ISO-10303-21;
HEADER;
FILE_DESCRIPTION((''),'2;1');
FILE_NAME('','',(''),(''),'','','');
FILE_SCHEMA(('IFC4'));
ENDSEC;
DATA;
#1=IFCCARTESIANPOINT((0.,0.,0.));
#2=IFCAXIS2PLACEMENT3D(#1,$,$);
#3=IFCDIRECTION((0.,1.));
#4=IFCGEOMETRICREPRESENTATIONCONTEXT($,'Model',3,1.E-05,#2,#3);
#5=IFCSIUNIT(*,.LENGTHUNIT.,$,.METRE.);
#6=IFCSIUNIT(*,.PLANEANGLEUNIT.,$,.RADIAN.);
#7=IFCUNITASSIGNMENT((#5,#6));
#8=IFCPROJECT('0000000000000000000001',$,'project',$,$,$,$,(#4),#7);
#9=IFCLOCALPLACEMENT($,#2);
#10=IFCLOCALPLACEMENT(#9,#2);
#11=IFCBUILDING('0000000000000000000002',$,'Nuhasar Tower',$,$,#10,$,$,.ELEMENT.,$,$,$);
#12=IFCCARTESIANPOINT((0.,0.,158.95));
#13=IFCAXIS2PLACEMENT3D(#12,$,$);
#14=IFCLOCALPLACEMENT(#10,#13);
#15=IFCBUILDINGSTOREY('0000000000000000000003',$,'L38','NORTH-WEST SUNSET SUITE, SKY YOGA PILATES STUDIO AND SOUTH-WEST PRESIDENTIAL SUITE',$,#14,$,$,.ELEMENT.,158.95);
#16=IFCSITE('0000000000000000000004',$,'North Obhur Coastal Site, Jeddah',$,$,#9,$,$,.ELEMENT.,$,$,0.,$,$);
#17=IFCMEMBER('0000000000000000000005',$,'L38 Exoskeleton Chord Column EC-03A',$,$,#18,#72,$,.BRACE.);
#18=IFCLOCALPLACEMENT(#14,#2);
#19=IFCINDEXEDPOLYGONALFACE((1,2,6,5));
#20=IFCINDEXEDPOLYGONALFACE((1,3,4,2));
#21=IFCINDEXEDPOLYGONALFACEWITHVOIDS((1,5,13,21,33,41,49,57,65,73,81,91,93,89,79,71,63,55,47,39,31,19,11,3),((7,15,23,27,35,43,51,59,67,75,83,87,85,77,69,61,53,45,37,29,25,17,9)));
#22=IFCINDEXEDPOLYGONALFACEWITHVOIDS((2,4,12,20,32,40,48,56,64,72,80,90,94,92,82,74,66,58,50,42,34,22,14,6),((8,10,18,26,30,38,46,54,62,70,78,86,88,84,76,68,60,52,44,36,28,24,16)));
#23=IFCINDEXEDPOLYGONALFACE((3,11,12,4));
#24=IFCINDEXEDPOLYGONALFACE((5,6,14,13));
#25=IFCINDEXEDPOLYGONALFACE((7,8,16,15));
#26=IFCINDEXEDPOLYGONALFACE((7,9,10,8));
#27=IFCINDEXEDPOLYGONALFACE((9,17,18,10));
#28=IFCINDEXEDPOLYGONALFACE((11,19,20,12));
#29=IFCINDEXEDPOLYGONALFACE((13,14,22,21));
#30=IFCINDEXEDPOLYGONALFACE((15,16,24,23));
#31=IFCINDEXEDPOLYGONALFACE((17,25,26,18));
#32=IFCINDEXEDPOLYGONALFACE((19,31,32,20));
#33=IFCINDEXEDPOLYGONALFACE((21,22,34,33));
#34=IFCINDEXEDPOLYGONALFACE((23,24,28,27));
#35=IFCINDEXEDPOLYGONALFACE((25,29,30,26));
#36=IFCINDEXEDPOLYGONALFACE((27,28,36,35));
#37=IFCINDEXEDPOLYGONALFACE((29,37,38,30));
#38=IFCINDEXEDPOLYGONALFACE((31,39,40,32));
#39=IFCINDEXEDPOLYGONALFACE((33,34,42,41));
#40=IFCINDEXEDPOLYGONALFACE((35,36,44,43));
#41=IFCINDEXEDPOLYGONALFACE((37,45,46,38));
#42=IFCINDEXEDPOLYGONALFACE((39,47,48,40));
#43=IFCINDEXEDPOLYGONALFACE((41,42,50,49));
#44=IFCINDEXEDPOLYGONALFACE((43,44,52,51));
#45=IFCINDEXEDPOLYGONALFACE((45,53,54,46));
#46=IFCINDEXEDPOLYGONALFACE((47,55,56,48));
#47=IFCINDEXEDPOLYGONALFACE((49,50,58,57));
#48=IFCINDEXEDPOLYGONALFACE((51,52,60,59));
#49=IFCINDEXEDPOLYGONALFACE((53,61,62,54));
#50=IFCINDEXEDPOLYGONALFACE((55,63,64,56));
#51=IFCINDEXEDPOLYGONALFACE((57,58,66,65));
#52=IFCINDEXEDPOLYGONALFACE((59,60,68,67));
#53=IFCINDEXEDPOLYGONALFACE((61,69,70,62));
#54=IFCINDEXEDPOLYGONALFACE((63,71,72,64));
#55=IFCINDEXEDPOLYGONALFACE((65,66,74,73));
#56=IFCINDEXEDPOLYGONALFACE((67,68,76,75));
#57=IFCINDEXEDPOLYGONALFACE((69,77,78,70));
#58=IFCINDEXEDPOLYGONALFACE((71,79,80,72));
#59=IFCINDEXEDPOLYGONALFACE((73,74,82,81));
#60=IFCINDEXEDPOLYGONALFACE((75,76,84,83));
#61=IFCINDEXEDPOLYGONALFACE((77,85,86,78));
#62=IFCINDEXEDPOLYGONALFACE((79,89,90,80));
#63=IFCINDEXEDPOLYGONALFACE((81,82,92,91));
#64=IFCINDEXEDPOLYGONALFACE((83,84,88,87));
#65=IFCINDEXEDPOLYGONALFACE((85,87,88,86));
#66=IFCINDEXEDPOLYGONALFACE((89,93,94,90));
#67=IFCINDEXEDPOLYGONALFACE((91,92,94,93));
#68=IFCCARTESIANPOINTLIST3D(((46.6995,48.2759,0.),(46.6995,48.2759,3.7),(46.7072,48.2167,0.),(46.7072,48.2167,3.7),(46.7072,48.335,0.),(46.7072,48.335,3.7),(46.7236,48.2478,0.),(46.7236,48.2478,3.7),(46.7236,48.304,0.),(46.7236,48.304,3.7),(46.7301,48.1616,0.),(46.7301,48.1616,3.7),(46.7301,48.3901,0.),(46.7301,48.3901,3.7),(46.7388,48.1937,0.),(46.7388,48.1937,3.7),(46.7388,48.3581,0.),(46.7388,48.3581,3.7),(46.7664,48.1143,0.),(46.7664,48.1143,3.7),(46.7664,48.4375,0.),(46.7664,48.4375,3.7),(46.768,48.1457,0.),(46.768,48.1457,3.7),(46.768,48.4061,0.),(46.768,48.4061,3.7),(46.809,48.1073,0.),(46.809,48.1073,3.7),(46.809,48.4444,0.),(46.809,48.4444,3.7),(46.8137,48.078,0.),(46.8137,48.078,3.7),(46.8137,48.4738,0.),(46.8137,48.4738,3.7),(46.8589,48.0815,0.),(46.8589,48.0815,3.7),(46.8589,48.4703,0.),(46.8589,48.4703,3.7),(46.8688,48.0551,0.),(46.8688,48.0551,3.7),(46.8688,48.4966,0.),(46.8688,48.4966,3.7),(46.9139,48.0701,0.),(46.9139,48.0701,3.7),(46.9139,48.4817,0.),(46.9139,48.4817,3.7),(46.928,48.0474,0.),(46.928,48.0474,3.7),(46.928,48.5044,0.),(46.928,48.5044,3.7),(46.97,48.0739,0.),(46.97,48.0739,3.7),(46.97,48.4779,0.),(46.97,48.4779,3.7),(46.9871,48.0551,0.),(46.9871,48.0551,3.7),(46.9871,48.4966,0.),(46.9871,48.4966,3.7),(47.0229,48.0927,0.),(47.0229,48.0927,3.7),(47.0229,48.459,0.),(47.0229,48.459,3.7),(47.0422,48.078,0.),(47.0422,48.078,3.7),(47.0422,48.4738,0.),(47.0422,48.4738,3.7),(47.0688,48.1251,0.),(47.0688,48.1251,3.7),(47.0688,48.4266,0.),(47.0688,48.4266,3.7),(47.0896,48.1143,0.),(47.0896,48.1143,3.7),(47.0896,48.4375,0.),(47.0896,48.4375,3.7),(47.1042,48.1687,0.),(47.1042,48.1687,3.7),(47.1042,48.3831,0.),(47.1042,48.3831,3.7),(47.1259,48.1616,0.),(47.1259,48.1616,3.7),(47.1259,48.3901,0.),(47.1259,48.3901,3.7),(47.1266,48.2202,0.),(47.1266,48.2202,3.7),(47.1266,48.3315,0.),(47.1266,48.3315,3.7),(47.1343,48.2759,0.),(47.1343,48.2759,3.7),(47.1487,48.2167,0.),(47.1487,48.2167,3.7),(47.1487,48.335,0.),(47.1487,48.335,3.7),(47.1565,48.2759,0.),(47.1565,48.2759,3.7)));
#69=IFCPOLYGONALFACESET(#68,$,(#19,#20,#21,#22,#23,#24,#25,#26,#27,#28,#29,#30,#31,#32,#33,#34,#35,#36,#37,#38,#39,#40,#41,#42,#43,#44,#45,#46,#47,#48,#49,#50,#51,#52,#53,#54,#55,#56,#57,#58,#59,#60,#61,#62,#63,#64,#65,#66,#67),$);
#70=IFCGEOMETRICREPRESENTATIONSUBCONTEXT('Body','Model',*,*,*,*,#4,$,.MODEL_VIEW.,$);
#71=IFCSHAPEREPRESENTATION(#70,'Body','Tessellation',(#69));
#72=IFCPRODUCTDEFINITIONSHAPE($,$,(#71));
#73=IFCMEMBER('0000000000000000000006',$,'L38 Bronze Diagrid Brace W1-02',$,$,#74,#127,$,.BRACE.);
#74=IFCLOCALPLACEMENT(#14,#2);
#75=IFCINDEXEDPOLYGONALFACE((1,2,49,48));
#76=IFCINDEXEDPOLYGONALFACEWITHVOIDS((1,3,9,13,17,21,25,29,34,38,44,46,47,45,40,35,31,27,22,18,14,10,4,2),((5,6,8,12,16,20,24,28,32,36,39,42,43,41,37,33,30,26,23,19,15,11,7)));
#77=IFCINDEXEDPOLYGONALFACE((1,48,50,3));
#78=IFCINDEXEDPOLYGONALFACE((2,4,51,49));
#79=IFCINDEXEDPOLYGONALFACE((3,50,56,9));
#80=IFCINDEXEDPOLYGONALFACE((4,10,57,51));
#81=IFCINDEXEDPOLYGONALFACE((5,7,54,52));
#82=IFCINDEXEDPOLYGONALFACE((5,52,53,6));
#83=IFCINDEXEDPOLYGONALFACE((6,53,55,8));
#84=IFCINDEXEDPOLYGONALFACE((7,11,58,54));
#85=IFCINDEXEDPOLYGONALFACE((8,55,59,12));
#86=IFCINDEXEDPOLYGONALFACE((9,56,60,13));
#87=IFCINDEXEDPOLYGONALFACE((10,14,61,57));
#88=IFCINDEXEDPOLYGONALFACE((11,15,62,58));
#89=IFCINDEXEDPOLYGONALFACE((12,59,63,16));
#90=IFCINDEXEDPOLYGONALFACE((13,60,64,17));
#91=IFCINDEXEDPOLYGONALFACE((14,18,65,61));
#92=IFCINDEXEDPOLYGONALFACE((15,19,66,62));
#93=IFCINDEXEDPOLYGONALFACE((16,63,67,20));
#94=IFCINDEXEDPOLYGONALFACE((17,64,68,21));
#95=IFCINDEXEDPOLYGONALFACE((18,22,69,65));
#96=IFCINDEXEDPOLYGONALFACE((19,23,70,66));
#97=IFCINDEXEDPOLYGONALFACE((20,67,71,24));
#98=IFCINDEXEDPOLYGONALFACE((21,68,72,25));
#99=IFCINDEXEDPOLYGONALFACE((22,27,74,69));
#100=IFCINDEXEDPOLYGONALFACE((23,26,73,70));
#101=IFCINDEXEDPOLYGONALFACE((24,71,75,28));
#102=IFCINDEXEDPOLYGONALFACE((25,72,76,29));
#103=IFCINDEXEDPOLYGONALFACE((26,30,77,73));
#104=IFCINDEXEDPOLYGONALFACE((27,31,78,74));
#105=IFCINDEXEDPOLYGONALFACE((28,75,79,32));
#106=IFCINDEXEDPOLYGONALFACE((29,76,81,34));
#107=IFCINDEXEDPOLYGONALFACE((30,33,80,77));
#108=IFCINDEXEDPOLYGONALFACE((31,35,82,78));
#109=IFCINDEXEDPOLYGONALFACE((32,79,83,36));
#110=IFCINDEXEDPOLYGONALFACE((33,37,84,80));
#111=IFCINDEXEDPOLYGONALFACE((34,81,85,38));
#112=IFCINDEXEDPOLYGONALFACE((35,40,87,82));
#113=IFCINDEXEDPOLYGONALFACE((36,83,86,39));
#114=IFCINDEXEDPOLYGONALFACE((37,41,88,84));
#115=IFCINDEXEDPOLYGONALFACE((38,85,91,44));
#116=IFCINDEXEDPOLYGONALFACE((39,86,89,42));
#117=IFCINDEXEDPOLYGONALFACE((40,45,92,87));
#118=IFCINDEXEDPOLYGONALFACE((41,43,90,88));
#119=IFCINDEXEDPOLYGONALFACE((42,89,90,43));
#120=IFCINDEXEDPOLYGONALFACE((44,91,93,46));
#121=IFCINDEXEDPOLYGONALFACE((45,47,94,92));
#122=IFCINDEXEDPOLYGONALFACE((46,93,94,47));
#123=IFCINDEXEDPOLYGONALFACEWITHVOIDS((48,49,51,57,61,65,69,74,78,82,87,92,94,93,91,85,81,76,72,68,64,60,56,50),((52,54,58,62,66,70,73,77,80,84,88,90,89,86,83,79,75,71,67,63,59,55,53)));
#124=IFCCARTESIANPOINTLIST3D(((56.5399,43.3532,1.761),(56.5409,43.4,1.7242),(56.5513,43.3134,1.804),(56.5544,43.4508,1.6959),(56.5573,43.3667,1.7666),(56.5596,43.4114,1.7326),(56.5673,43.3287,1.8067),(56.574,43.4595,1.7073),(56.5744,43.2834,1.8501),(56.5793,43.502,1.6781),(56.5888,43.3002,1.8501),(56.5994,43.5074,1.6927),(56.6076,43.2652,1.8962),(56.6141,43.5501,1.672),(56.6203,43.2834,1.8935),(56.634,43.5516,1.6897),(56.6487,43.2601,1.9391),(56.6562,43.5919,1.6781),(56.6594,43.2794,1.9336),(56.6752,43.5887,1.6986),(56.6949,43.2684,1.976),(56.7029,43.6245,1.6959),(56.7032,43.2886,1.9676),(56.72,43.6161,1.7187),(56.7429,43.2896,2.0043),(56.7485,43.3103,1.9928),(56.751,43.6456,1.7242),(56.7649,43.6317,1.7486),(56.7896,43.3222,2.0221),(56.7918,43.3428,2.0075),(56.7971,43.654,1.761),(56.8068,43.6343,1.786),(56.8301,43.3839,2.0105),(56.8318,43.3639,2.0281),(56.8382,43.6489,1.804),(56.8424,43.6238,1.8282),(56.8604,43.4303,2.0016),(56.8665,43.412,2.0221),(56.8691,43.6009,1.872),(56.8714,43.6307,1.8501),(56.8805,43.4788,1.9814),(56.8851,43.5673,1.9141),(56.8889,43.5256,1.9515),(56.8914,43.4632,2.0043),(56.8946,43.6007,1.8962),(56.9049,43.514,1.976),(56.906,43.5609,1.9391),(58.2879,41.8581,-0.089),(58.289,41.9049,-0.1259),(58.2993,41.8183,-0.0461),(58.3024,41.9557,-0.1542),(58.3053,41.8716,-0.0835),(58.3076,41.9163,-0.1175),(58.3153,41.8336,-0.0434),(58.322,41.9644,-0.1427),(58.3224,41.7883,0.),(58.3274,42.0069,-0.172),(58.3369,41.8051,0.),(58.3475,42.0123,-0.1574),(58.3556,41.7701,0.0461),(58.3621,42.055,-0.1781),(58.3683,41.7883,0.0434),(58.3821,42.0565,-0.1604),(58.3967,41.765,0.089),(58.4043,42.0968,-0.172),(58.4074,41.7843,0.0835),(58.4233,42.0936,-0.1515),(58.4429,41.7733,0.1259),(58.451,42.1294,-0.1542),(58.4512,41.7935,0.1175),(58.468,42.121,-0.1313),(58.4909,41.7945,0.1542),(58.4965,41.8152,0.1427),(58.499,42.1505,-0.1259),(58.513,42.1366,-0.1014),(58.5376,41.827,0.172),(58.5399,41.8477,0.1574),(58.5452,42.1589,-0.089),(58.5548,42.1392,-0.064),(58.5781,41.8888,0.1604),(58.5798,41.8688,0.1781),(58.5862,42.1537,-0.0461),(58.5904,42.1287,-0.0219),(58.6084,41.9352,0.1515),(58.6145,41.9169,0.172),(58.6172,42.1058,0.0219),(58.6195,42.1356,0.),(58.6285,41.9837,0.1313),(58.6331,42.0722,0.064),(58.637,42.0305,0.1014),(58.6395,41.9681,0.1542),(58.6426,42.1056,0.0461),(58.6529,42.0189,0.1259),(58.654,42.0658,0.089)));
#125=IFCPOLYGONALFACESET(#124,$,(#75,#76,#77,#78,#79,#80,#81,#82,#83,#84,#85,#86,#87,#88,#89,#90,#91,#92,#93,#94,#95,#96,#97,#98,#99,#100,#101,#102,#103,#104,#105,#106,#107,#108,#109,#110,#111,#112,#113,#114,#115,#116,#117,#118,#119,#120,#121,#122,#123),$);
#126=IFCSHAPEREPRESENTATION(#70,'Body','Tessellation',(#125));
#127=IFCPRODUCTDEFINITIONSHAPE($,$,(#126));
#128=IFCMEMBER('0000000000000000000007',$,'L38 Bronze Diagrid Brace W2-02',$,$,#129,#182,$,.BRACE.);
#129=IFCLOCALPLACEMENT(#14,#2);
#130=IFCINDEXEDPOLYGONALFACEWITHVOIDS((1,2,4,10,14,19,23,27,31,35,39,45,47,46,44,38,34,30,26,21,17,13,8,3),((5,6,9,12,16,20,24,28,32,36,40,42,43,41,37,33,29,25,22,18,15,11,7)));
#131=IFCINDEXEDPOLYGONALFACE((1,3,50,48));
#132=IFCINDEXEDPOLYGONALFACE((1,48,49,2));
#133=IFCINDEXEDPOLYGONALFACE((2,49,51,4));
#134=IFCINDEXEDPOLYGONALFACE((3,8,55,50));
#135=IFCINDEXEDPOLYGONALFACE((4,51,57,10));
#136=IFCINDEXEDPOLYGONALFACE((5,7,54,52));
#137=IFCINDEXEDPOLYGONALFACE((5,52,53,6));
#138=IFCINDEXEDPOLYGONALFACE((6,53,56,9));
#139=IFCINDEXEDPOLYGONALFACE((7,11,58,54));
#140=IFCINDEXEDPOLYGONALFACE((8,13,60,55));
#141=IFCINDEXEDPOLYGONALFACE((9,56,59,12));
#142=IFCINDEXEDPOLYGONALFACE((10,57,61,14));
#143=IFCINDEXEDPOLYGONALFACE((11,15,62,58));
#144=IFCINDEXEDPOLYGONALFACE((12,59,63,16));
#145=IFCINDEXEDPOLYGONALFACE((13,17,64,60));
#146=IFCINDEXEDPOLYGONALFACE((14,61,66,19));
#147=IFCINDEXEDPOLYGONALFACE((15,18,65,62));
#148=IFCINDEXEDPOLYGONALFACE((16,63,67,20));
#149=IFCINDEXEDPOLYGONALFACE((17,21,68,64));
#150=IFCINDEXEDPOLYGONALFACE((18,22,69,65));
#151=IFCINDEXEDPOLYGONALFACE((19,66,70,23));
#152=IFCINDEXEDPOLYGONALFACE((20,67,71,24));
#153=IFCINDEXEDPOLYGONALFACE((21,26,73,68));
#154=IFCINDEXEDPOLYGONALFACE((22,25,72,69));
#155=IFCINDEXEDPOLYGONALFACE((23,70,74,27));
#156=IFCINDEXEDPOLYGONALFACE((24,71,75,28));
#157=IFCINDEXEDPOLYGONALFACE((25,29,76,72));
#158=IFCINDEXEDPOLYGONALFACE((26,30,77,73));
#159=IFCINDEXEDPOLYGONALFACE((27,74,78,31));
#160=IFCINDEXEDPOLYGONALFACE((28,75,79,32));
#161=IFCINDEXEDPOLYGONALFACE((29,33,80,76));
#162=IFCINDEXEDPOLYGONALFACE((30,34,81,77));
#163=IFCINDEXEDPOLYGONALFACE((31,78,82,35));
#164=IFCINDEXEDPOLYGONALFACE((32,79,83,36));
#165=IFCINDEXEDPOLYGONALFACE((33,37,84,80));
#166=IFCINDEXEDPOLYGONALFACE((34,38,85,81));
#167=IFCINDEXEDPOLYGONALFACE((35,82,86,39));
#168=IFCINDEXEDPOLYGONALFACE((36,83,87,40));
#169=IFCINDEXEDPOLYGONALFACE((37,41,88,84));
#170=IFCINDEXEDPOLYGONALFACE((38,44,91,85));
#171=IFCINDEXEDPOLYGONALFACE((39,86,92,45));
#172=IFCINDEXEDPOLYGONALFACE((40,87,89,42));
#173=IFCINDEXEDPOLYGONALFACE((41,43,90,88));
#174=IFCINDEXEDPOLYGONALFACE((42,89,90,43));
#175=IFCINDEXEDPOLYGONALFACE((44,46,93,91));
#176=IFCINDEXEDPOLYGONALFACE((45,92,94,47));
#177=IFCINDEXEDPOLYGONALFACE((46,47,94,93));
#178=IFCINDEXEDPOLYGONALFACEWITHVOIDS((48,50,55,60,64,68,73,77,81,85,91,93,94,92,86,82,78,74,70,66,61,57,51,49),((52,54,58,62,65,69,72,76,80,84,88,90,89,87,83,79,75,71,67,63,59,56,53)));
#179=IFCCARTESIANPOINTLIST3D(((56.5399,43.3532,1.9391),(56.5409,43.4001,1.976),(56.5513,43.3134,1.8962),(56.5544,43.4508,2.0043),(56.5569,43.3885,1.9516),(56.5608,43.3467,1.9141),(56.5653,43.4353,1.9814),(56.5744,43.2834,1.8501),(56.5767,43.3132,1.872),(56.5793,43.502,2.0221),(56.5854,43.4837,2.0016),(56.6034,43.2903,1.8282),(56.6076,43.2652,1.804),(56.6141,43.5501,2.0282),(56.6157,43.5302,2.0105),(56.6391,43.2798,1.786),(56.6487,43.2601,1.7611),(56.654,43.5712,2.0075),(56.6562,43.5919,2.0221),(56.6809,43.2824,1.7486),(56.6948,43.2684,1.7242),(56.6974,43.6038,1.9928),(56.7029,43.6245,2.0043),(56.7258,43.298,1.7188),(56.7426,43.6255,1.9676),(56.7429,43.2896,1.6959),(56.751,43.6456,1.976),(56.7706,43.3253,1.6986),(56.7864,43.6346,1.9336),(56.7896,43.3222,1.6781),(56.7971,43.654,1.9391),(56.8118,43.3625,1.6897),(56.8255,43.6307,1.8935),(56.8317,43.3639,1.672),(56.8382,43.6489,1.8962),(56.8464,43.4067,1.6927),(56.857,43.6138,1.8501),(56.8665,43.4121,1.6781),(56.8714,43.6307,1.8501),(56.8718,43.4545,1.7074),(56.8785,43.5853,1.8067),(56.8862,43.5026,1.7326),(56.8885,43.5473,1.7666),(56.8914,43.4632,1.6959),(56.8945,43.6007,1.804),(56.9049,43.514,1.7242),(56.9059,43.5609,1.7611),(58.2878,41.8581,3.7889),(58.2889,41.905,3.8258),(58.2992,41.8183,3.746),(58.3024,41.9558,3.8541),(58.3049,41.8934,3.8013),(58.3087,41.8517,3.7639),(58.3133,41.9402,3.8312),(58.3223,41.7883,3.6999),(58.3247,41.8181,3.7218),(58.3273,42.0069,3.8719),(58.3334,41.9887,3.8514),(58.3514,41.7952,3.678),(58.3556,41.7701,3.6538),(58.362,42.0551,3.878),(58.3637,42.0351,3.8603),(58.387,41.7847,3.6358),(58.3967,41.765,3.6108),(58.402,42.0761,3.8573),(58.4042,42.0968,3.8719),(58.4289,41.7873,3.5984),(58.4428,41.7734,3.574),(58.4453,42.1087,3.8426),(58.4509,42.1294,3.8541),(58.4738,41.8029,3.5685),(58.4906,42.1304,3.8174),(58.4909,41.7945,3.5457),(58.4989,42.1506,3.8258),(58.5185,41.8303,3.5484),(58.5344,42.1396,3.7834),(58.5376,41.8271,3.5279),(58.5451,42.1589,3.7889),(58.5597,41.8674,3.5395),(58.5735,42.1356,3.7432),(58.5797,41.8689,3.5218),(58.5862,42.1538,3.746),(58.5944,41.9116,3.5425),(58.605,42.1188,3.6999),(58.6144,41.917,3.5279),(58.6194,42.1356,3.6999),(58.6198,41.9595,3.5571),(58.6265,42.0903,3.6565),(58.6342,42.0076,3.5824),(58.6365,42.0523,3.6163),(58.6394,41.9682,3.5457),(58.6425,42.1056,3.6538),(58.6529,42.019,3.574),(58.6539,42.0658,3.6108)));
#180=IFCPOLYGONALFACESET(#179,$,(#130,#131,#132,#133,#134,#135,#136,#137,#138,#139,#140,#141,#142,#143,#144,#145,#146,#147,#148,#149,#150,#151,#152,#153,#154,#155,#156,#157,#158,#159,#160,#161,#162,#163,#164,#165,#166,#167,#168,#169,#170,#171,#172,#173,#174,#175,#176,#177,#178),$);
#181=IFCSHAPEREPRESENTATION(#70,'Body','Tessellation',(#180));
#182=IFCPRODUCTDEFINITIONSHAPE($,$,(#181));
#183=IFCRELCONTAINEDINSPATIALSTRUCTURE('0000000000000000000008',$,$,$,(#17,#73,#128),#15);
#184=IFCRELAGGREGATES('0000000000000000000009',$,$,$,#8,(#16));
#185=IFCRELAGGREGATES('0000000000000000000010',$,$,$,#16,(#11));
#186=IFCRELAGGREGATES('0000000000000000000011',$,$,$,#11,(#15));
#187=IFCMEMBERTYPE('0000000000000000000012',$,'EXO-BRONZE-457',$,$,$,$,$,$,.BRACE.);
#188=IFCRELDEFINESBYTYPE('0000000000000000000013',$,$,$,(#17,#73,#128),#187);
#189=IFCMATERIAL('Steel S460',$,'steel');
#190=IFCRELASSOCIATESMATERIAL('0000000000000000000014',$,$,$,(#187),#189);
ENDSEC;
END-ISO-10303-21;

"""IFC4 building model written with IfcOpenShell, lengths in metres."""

from ifc_helpers import new_model, si_unit, direction, frame, origin, origin_2d, place, context, subcontext, project, spatial, hollow_circle, extrude, material, material_profile, profile_set, type_object, element, save


model = new_model("IFC4")

# Units and contexts
model_context = context("Model", 3, precision=1e-05, world=origin(), true_north=direction((0.0, 1.0)))
body_context = subcontext(model_context, "Body", "Model", "MODEL_VIEW")
ifc_project = project(units=[si_unit("LENGTHUNIT", "METRE"), si_unit("PLANEANGLEUNIT", "RADIAN")], contexts=[model_context])

# Site, building, storey
site_placement = place(None, origin())
site = spatial("IfcSite", under=ifc_project, at=site_placement, Name="North Obhur Coastal Site, Jeddah", CompositionType="ELEMENT", RefElevation=0.0)
building_placement = place(site_placement, origin())
building = spatial("IfcBuilding", under=site, at=building_placement, Name="Nuhasar Tower", CompositionType="ELEMENT")
storey_placement = place(building_placement, frame((0.0, 0.0, 158.95)))
storey = spatial("IfcBuildingStorey", under=building, at=storey_placement, Name="L38", Description="NORTH-WEST SUNSET SUITE, SKY YOGA PILATES STUDIO AND SOUTH-WEST PRESIDENTIAL SUITE", CompositionType="ELEMENT", Elevation=158.95)

# Members
ifc_material_1 = material(Name="Steel S460", Category="steel")
ifc_material_profile_1 = material_profile(ifc_material_1, hollow_circle(Radius=0.2285, WallThickness=0.0222, at=origin_2d()), Name="HSS457X22.2")
ifc_profile_set_1 = profile_set([ifc_material_profile_1], Name="Steel S460")
member_type_1 = type_object("IfcMemberType", Name="EXO-BRONZE-457", PredefinedType="BRACE", material=ifc_profile_set_1)
for number, where, z_axis, x_axis, name in (
    (1, (46.928, 48.2759, 0.0), (0.0, 0.0, 1.0), (1.0, 0.0, 0.0), "L38 Exoskeleton Chord Column EC-03A"),
):
    element("IfcMember", number, at=place(storey_placement, frame(where, z_axis=z_axis, x_axis=x_axis)), inside=storey, type_object=member_type_1, Name=name, PredefinedType="BRACE", context=body_context, shape_type="SweptSolid", body=[
        extrude(hollow_circle(Radius=0.2285, WallThickness=0.0222, at=origin_2d()), origin(), (0.0, 0.0, 1.0), 3.7),
    ])
member_1_placement = place(storey_placement, frame((58.4709, 41.9619, 0.0), z_axis=(-0.59217, 0.506488, 0.626741), x_axis=(-0.649987, -0.759945, 0.0)))
element("IfcMember", 2, at=member_1_placement, inside=storey, type_object=member_type_1, Name="L38 Bronze Diagrid Brace W1-02", PredefinedType="BRACE", context=body_context, shape_type="SweptSolid", body=[
    extrude(hollow_circle(Radius=0.2285, WallThickness=0.0222, at=origin_2d()), origin(), (0.0, 0.0, 1.0), 2.9519),
])
member_2_placement = place(storey_placement, frame((56.7229, 43.457, 1.8501), z_axis=(0.592201, -0.506514, 0.626691), x_axis=(0.649987, 0.759945, 0.0)))
element("IfcMember", 3, at=member_2_placement, inside=storey, type_object=member_type_1, Name="L38 Bronze Diagrid Brace W2-02", PredefinedType="BRACE", context=body_context, shape_type="SweptSolid", body=[
    extrude(hollow_circle(Radius=0.2285, WallThickness=0.0222, at=origin_2d()), origin(), (0.0, 0.0, 1.0), 2.9517),
])

save(model, "model.ifc")
